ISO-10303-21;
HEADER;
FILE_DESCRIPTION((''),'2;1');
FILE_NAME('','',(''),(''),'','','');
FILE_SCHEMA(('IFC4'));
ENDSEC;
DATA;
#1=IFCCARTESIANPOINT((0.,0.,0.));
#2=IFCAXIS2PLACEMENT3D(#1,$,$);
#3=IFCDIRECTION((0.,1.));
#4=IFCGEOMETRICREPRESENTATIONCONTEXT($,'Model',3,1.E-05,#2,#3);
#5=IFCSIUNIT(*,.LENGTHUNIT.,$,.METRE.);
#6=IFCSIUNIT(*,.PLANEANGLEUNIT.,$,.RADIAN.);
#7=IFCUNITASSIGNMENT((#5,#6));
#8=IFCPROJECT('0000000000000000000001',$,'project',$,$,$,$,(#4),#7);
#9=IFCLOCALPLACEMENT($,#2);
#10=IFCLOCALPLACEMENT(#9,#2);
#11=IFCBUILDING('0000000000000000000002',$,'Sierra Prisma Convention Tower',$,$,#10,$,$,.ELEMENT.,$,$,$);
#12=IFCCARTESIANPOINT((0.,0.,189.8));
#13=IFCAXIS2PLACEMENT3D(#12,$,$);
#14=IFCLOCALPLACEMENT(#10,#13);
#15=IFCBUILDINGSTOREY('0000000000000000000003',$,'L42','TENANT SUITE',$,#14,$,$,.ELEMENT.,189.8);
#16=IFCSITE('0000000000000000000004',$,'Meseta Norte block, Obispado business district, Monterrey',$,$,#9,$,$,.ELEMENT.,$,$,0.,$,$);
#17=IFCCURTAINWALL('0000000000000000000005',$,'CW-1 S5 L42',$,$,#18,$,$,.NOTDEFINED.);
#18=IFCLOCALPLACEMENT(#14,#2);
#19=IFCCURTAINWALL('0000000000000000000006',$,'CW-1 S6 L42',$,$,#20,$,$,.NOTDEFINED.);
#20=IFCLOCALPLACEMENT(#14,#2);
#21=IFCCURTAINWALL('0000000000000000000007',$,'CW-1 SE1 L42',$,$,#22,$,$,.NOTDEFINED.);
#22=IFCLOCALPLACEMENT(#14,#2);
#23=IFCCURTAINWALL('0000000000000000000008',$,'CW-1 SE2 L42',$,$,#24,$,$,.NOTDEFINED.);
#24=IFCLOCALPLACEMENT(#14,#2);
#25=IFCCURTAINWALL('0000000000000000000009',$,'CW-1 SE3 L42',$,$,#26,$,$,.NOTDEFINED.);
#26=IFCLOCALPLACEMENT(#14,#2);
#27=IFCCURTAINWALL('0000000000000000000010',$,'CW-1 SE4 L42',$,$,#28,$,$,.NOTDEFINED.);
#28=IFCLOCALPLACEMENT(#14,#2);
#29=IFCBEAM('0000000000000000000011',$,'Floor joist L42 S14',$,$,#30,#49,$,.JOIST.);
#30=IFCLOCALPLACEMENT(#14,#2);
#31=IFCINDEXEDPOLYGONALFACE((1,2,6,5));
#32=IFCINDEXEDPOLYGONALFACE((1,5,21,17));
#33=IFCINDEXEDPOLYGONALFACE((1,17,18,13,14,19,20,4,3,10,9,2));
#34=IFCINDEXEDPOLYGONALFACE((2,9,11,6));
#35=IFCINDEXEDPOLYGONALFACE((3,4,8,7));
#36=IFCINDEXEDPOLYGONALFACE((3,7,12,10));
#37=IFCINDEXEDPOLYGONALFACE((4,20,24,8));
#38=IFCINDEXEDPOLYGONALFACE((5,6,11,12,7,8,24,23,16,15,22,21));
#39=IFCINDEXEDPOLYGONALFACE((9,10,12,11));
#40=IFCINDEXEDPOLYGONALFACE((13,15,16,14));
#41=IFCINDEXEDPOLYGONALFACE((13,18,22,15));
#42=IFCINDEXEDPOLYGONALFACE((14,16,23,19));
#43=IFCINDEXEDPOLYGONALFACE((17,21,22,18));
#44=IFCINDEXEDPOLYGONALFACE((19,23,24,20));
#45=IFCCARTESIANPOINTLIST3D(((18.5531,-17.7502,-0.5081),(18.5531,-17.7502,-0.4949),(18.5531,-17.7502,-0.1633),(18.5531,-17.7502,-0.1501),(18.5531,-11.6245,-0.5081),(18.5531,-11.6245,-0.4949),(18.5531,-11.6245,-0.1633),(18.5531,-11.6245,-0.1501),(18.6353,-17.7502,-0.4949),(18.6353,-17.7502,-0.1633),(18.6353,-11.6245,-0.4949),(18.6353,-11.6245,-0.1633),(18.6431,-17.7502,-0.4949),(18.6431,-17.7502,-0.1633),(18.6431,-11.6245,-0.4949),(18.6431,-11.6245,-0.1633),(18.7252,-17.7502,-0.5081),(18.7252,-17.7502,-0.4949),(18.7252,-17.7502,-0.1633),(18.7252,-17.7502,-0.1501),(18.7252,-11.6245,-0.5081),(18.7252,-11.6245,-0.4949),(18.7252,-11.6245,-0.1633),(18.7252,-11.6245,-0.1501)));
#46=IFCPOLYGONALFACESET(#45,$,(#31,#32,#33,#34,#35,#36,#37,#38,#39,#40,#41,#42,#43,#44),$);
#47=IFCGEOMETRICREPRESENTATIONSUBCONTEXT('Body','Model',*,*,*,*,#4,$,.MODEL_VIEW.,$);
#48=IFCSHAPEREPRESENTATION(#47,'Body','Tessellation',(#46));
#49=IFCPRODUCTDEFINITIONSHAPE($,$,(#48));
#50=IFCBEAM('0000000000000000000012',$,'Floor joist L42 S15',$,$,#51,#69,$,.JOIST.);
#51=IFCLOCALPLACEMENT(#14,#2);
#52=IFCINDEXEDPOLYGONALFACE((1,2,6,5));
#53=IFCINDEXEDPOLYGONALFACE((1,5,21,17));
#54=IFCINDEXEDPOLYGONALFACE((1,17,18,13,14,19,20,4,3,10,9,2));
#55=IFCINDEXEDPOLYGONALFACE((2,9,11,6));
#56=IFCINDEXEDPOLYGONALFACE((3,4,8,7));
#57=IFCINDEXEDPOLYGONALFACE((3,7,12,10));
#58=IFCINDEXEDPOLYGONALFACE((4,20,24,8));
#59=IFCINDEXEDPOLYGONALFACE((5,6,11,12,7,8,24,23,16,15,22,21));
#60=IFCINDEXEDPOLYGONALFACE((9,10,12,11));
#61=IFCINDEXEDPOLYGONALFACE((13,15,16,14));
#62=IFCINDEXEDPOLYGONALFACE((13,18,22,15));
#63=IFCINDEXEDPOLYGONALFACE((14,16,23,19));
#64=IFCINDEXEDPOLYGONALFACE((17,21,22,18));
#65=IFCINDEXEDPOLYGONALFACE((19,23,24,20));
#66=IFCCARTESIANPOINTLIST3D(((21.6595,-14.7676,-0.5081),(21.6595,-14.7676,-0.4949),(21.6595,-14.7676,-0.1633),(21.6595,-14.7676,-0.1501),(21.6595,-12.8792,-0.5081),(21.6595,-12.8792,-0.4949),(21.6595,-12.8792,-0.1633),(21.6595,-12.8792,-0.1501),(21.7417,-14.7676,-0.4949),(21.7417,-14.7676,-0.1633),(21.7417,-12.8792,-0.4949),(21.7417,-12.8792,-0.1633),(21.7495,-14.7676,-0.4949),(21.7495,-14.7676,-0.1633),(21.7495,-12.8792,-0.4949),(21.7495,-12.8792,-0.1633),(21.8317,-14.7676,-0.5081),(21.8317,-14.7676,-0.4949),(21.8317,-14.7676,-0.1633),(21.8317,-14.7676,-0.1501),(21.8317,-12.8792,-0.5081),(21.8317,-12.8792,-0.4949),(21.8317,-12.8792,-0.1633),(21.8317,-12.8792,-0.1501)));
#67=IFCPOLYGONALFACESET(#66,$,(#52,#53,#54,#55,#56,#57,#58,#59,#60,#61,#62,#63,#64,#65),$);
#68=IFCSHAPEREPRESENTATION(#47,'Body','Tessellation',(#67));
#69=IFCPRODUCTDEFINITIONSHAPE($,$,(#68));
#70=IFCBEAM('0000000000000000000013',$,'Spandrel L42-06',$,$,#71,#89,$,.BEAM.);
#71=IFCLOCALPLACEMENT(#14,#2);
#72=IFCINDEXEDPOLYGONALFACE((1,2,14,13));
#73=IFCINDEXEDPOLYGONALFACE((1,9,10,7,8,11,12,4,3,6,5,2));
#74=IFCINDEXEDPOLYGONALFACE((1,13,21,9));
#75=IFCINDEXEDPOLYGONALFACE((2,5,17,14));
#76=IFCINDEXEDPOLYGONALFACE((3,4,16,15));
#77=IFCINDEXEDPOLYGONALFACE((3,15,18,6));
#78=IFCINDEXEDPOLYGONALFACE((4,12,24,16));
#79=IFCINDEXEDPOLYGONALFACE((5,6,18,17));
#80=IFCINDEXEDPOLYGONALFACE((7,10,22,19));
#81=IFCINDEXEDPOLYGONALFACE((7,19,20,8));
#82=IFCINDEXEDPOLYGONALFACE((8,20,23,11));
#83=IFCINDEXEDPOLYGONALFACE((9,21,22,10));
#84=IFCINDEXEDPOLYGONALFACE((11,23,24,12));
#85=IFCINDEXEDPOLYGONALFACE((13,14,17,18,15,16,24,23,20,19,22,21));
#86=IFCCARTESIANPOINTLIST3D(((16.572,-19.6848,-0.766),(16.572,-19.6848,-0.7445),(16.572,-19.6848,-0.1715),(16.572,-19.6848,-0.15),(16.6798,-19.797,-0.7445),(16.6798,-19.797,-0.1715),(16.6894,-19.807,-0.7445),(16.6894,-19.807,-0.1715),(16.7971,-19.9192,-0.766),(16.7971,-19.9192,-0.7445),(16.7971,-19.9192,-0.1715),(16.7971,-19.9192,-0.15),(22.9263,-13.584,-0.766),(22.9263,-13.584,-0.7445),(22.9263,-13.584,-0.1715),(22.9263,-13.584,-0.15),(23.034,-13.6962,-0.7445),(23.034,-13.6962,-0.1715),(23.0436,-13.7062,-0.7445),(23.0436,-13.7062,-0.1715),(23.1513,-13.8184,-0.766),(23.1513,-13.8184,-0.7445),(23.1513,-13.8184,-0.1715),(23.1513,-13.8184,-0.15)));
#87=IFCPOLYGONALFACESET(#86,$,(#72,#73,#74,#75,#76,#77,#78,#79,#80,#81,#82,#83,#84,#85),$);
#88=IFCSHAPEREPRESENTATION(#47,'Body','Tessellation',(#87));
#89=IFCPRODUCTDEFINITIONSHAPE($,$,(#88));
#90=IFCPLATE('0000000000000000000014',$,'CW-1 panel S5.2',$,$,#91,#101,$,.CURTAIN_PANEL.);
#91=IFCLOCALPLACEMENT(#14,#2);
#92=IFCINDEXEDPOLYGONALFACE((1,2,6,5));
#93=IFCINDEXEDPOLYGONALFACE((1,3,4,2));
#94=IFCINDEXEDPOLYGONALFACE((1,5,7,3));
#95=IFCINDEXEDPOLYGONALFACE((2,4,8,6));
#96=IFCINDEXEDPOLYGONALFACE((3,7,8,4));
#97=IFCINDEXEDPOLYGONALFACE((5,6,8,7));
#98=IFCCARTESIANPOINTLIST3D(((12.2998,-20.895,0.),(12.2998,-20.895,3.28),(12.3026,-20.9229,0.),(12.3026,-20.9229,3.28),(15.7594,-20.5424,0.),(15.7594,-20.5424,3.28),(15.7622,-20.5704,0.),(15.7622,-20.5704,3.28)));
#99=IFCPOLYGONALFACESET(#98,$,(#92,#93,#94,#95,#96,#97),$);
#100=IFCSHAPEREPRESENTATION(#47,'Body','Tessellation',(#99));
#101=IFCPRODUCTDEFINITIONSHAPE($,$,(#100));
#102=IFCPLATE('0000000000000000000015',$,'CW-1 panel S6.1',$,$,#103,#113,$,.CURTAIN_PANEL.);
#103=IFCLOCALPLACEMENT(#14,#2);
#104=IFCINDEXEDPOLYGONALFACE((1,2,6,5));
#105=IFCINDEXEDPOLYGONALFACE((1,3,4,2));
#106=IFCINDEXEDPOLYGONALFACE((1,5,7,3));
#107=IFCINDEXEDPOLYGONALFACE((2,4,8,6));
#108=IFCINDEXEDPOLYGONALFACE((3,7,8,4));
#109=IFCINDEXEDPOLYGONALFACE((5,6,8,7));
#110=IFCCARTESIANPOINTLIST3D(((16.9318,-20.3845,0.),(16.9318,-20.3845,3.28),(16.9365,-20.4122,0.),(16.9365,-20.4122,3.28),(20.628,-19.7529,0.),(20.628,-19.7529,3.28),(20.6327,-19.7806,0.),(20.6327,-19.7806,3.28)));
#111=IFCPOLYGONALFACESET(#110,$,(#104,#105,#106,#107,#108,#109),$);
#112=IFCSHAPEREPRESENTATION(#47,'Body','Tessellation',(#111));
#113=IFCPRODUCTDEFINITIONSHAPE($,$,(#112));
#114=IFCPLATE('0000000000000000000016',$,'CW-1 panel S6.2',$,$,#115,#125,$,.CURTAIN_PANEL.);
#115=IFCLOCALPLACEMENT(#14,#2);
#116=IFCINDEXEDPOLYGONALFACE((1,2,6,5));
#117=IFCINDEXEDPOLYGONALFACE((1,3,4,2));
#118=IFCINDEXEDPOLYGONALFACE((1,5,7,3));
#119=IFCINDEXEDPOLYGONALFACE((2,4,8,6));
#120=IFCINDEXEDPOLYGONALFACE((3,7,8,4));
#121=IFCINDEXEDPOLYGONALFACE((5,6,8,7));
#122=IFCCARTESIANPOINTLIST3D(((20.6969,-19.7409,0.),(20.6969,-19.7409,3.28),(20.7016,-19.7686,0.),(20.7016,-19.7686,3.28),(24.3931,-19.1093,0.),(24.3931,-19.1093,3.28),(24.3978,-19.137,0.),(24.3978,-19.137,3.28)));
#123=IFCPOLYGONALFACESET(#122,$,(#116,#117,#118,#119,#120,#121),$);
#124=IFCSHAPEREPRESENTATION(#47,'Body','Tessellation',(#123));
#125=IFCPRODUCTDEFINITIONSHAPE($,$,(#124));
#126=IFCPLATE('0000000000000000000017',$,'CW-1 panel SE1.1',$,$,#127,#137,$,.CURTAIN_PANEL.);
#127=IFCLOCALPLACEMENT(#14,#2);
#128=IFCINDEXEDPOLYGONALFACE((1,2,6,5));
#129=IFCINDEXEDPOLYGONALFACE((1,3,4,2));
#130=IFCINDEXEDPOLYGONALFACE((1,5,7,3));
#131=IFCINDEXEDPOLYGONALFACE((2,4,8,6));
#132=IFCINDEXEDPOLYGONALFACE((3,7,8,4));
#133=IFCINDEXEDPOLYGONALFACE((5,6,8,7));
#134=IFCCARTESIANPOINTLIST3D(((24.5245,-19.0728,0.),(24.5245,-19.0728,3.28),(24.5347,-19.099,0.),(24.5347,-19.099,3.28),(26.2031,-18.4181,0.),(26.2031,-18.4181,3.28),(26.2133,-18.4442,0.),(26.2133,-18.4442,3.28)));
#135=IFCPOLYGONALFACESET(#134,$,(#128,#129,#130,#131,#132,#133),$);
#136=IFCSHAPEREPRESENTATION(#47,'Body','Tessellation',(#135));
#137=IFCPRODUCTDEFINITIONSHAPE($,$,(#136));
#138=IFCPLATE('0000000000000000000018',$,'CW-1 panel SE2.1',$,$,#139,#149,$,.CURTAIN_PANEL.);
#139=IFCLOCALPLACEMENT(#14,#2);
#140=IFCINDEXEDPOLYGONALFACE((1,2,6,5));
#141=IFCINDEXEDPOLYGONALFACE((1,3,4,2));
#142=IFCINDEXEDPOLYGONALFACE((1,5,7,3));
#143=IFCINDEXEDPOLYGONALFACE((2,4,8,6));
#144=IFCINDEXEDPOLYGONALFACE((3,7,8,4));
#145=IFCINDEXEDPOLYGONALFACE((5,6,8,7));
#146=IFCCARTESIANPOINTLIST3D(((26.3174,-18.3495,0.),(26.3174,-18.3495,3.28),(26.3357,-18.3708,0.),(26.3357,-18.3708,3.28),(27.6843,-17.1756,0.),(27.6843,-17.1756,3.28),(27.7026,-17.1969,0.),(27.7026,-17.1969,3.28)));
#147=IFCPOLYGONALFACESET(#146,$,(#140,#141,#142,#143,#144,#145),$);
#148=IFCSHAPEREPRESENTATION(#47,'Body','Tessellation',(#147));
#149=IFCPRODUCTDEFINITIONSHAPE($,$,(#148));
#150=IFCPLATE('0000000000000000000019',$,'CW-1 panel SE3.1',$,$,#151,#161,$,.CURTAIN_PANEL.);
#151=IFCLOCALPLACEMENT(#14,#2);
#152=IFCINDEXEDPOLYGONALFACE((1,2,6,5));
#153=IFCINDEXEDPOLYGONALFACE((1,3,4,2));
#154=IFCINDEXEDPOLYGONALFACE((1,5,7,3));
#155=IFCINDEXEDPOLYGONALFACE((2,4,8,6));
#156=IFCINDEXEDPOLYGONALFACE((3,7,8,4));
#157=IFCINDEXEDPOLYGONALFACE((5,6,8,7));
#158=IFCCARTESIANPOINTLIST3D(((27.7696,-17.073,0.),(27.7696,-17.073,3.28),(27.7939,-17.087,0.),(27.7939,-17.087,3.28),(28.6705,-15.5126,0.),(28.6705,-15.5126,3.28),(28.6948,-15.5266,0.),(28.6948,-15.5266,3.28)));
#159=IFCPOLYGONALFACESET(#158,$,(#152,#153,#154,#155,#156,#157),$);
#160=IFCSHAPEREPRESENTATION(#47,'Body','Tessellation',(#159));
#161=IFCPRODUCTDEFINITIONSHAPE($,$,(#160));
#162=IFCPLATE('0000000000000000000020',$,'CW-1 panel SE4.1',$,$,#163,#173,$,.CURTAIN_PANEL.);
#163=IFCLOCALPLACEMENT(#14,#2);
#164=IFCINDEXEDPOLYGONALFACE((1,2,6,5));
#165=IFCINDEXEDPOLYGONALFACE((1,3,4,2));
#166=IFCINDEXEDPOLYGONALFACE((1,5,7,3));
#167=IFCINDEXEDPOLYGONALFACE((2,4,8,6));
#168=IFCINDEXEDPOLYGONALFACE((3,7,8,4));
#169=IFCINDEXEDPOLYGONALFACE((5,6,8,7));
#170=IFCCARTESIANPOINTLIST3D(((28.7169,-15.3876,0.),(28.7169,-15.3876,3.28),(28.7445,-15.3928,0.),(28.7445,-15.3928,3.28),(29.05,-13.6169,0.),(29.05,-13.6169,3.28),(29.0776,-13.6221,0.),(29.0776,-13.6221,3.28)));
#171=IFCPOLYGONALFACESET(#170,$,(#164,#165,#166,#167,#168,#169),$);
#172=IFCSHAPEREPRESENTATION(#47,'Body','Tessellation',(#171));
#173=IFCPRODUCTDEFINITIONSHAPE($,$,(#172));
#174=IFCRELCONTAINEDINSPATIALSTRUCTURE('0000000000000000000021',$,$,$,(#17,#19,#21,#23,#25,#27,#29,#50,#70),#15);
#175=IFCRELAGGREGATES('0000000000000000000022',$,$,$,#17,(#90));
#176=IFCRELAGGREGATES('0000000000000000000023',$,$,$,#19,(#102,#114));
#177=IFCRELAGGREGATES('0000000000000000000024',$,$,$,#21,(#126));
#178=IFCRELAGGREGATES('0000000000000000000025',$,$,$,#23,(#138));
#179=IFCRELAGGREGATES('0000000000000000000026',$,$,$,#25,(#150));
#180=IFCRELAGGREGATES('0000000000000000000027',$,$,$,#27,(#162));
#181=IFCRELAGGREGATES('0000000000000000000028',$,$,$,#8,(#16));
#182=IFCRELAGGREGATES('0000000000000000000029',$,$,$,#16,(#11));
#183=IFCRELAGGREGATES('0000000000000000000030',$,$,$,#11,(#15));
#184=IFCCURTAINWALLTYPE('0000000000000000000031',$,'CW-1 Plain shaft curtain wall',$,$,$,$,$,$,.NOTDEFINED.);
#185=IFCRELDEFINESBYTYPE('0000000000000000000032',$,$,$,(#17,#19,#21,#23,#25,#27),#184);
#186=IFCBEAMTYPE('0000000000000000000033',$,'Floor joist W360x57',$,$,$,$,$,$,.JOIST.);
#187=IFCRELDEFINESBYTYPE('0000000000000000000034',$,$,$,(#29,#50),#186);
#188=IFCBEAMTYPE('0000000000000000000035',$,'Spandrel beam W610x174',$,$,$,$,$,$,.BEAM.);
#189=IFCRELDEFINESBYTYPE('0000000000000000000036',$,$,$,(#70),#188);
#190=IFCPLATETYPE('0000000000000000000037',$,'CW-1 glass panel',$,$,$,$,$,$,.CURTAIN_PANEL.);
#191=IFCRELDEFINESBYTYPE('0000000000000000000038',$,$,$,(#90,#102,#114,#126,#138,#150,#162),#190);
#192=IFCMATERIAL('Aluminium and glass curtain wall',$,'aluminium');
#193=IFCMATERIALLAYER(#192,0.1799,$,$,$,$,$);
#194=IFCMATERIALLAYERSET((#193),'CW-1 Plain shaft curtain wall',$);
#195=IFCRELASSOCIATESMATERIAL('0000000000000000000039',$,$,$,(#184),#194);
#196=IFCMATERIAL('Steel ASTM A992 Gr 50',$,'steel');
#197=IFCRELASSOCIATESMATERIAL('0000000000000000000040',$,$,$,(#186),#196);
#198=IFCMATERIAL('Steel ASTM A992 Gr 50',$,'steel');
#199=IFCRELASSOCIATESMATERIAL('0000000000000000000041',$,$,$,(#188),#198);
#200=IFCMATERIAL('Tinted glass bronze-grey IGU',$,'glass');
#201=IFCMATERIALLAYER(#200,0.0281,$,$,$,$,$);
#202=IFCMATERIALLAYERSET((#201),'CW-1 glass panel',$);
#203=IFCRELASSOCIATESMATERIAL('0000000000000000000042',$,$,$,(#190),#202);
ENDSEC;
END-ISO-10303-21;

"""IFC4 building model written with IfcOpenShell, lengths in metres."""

from ifc_helpers import new_model, si_unit, direction, frame, origin, origin_2d, place, context, subcontext, project, spatial, rectangle, i_section, extrude, material, layer, layer_set, material_profile, profile_set, type_object, element, aggregate, save


model = new_model("IFC4")

# Units and contexts
model_context = context("Model", 3, precision=1e-05, world=origin(), true_north=direction((0.0, 1.0)))
body_context = subcontext(model_context, "Body", "Model", "MODEL_VIEW")
ifc_project = project(units=[si_unit("LENGTHUNIT", "METRE"), si_unit("PLANEANGLEUNIT", "RADIAN")], contexts=[model_context])

# Site, building, storey
site_placement = place(None, origin())
site = spatial("IfcSite", under=ifc_project, at=site_placement, Name="Meseta Norte block, Obispado business district, Monterrey", CompositionType="ELEMENT", RefElevation=0.0)
building_placement = place(site_placement, origin())
building = spatial("IfcBuilding", under=site, at=building_placement, Name="Sierra Prisma Convention Tower", CompositionType="ELEMENT")
storey_placement = place(building_placement, frame((0.0, 0.0, 189.8)))
storey = spatial("IfcBuildingStorey", under=building, at=storey_placement, Name="L42", Description="TENANT SUITE", CompositionType="ELEMENT", Elevation=189.8)

# Curtain walls
ifc_material_1 = material(Name="Aluminium and glass curtain wall", Category="aluminium")
ifc_layer_1 = layer(ifc_material_1, 0.1799)
ifc_layer_set_1 = layer_set([ifc_layer_1], Name="CW-1 Plain shaft curtain wall")
curtain_wall_type = type_object("IfcCurtainWallType", Name="CW-1 Plain shaft curtain wall", PredefinedType="NOTDEFINED", material=ifc_layer_set_1)
curtain_wall_1_placement = place(storey_placement, origin())
curtain_wall_1 = element("IfcCurtainWall", 1, at=curtain_wall_1_placement, inside=storey, type_object=curtain_wall_type, Name="CW-1 S5 L42", PredefinedType="NOTDEFINED")
curtain_wall_2_placement = place(storey_placement, origin())
curtain_wall_2 = element("IfcCurtainWall", 2, at=curtain_wall_2_placement, inside=storey, type_object=curtain_wall_type, Name="CW-1 S6 L42", PredefinedType="NOTDEFINED")
curtain_wall_3_placement = place(storey_placement, origin())
curtain_wall_3 = element("IfcCurtainWall", 3, at=curtain_wall_3_placement, inside=storey, type_object=curtain_wall_type, Name="CW-1 SE1 L42", PredefinedType="NOTDEFINED")
curtain_wall_4_placement = place(storey_placement, origin())
curtain_wall_4 = element("IfcCurtainWall", 4, at=curtain_wall_4_placement, inside=storey, type_object=curtain_wall_type, Name="CW-1 SE2 L42", PredefinedType="NOTDEFINED")
curtain_wall_5_placement = place(storey_placement, origin())
curtain_wall_5 = element("IfcCurtainWall", 5, at=curtain_wall_5_placement, inside=storey, type_object=curtain_wall_type, Name="CW-1 SE3 L42", PredefinedType="NOTDEFINED")
curtain_wall_6_placement = place(storey_placement, origin())
curtain_wall_6 = element("IfcCurtainWall", 6, at=curtain_wall_6_placement, inside=storey, type_object=curtain_wall_type, Name="CW-1 SE4 L42", PredefinedType="NOTDEFINED")

# Beams
ifc_material_2 = material(Name="Steel ASTM A992 Gr 50", Category="steel")
ifc_material_profile_1 = material_profile(ifc_material_2, i_section(OverallWidth=0.1721, OverallDepth=0.3579, WebThickness=0.0078, FlangeThickness=0.0132, at=origin_2d()), Name="W360x57")
ifc_profile_set_1 = profile_set([ifc_material_profile_1], Name="Steel ASTM A992 Gr 50")
beam_type_1 = type_object("IfcBeamType", Name="Floor joist W360x57", PredefinedType="JOIST", material=ifc_profile_set_1)
beam_1_placement = place(storey_placement, frame((18.6392, -17.7502, -0.3291), z_axis=(0.0, 1.0, 0.0), x_axis=(-1.0, 0.0, 0.0)))
element("IfcBeam", 7, at=beam_1_placement, inside=storey, type_object=beam_type_1, Name="Floor joist L42 S14", PredefinedType="JOIST", context=body_context, shape_type="SweptSolid", body=[
    extrude(i_section(OverallWidth=0.1721, OverallDepth=0.3579, WebThickness=0.0078, FlangeThickness=0.0132, at=origin_2d()), origin(), (0.0, 0.0, 1.0), 6.1257),
])
beam_2_placement = place(storey_placement, frame((21.7456, -14.7676, -0.3291), z_axis=(0.0, 1.0, 0.0), x_axis=(-1.0, 0.0, 0.0)))
element("IfcBeam", 8, at=beam_2_placement, inside=storey, type_object=beam_type_1, Name="Floor joist L42 S15", PredefinedType="JOIST", context=body_context, shape_type="SweptSolid", body=[
    extrude(i_section(OverallWidth=0.1721, OverallDepth=0.3579, WebThickness=0.0078, FlangeThickness=0.0132, at=origin_2d()), origin(), (0.0, 0.0, 1.0), 1.8884),
])
ifc_material_3 = material(Name="Steel ASTM A992 Gr 50", Category="steel")
ifc_material_profile_2 = material_profile(ifc_material_3, i_section(OverallWidth=0.325, OverallDepth=0.616, WebThickness=0.0139, FlangeThickness=0.0215, at=origin_2d()), Name="W610x174")
ifc_profile_set_2 = profile_set([ifc_material_profile_2], Name="Steel ASTM A992 Gr 50")
beam_type_2 = type_object("IfcBeamType", Name="Spandrel beam W610x174", PredefinedType="BEAM", material=ifc_profile_set_2)
beam_3_placement = place(storey_placement, frame((16.6846, -19.802, -0.458), z_axis=(0.721345, 0.692576, 0.0), x_axis=(-0.692576, 0.721345, 0.0)))
element("IfcBeam", 9, at=beam_3_placement, inside=storey, type_object=beam_type_2, Name="Spandrel L42-06", PredefinedType="BEAM", context=body_context, shape_type="SweptSolid", body=[
    extrude(i_section(OverallWidth=0.325, OverallDepth=0.616, WebThickness=0.0139, FlangeThickness=0.0215, at=origin_2d()), origin(), (0.0, 0.0, 1.0), 8.8088),
])

# Plates
ifc_material_4 = material(Name="Tinted glass bronze-grey IGU", Category="glass")
ifc_layer_2 = layer(ifc_material_4, 0.0281)
ifc_layer_set_2 = layer_set([ifc_layer_2], Name="CW-1 glass panel")
plate_type = type_object("IfcPlateType", Name="CW-1 glass panel", PredefinedType="CURTAIN_PANEL", material=ifc_layer_set_2)
plate_1_placement = place(storey_placement, frame((14.031, -20.7327, 0.0), z_axis=(0.0, 0.0, 1.0), x_axis=(0.994849, 0.101372, 0.0)))
plate_1 = element("IfcPlate", 10, at=plate_1_placement, type_object=plate_type, Name="CW-1 panel S5.2", PredefinedType="CURTAIN_PANEL", context=body_context, shape_type="SweptSolid", body=[
    extrude(rectangle(XDim=3.4775, YDim=0.0281, at=origin_2d()), origin(), (0.0, 0.0, 1.0), 3.28),
])
aggregate(curtain_wall_1, [plate_1])
plate_2_placement = place(storey_placement, frame((18.7822, -20.0825, 0.0), z_axis=(0.0, 0.0, 1.0), x_axis=(0.985712, 0.168438, 0.0)))
plate_2 = element("IfcPlate", 11, at=plate_2_placement, type_object=plate_type, Name="CW-1 panel S6.1", PredefinedType="CURTAIN_PANEL", context=body_context, shape_type="SweptSolid", body=[
    extrude(rectangle(XDim=3.7498, YDim=0.0281, at=origin_2d()), origin(), (0.0, 0.0, 1.0), 3.28),
])
plate_3_placement = place(storey_placement, frame((22.5474, -19.439, 0.0), z_axis=(0.0, 0.0, 1.0), x_axis=(0.985712, 0.168438, 0.0)))
plate_3 = element("IfcPlate", 12, at=plate_3_placement, type_object=plate_type, Name="CW-1 panel S6.2", PredefinedType="CURTAIN_PANEL", context=body_context, shape_type="SweptSolid", body=[
    extrude(rectangle(XDim=3.7498, YDim=0.0281, at=origin_2d()), origin(), (0.0, 0.0, 1.0), 3.28),
])
aggregate(curtain_wall_2, [plate_2, plate_3])
plate_4_placement = place(storey_placement, frame((25.3689, -18.7585, 0.0), z_axis=(0.0, 0.0, 1.0), x_axis=(0.931633, 0.3634, 0.0)))
plate_4 = element("IfcPlate", 13, at=plate_4_placement, type_object=plate_type, Name="CW-1 panel SE1.1", PredefinedType="CURTAIN_PANEL", context=body_context, shape_type="SweptSolid", body=[
    extrude(rectangle(XDim=1.8018, YDim=0.0281, at=origin_2d()), origin(), (0.0, 0.0, 1.0), 3.28),
])
aggregate(curtain_wall_3, [plate_4])
plate_5_placement = place(storey_placement, frame((27.01, -17.7732, 0.0), z_axis=(0.0, 0.0, 1.0), x_axis=(0.758651, 0.651497, 0.0)))
plate_5 = element("IfcPlate", 14, at=plate_5_placement, type_object=plate_type, Name="CW-1 panel SE2.1", PredefinedType="CURTAIN_PANEL", context=body_context, shape_type="SweptSolid", body=[
    extrude(rectangle(XDim=1.8018, YDim=0.0281, at=origin_2d()), origin(), (0.0, 0.0, 1.0), 3.28),
])
aggregate(curtain_wall_4, [plate_5])
plate_6_placement = place(storey_placement, frame((28.2322, -16.2998, 0.0), z_axis=(0.0, 0.0, 1.0), x_axis=(0.5, 0.866025, 0.0)))
plate_6 = element("IfcPlate", 15, at=plate_6_placement, type_object=plate_type, Name="CW-1 panel SE3.1", PredefinedType="CURTAIN_PANEL", context=body_context, shape_type="SweptSolid", body=[
    extrude(rectangle(XDim=1.8018, YDim=0.0281, at=origin_2d()), origin(), (0.0, 0.0, 1.0), 3.28),
])
aggregate(curtain_wall_5, [plate_6])
plate_7_placement = place(storey_placement, frame((28.8972, -14.5049, 0.0), z_axis=(0.0, 0.0, 1.0), x_axis=(0.184887, 0.98276, 0.0)))
plate_7 = element("IfcPlate", 16, at=plate_7_placement, type_object=plate_type, Name="CW-1 panel SE4.1", PredefinedType="CURTAIN_PANEL", context=body_context, shape_type="SweptSolid", body=[
    extrude(rectangle(XDim=1.8018, YDim=0.0281, at=origin_2d()), origin(), (0.0, 0.0, 1.0), 3.28),
])
aggregate(curtain_wall_6, [plate_7])

save(model, "model.ifc")
